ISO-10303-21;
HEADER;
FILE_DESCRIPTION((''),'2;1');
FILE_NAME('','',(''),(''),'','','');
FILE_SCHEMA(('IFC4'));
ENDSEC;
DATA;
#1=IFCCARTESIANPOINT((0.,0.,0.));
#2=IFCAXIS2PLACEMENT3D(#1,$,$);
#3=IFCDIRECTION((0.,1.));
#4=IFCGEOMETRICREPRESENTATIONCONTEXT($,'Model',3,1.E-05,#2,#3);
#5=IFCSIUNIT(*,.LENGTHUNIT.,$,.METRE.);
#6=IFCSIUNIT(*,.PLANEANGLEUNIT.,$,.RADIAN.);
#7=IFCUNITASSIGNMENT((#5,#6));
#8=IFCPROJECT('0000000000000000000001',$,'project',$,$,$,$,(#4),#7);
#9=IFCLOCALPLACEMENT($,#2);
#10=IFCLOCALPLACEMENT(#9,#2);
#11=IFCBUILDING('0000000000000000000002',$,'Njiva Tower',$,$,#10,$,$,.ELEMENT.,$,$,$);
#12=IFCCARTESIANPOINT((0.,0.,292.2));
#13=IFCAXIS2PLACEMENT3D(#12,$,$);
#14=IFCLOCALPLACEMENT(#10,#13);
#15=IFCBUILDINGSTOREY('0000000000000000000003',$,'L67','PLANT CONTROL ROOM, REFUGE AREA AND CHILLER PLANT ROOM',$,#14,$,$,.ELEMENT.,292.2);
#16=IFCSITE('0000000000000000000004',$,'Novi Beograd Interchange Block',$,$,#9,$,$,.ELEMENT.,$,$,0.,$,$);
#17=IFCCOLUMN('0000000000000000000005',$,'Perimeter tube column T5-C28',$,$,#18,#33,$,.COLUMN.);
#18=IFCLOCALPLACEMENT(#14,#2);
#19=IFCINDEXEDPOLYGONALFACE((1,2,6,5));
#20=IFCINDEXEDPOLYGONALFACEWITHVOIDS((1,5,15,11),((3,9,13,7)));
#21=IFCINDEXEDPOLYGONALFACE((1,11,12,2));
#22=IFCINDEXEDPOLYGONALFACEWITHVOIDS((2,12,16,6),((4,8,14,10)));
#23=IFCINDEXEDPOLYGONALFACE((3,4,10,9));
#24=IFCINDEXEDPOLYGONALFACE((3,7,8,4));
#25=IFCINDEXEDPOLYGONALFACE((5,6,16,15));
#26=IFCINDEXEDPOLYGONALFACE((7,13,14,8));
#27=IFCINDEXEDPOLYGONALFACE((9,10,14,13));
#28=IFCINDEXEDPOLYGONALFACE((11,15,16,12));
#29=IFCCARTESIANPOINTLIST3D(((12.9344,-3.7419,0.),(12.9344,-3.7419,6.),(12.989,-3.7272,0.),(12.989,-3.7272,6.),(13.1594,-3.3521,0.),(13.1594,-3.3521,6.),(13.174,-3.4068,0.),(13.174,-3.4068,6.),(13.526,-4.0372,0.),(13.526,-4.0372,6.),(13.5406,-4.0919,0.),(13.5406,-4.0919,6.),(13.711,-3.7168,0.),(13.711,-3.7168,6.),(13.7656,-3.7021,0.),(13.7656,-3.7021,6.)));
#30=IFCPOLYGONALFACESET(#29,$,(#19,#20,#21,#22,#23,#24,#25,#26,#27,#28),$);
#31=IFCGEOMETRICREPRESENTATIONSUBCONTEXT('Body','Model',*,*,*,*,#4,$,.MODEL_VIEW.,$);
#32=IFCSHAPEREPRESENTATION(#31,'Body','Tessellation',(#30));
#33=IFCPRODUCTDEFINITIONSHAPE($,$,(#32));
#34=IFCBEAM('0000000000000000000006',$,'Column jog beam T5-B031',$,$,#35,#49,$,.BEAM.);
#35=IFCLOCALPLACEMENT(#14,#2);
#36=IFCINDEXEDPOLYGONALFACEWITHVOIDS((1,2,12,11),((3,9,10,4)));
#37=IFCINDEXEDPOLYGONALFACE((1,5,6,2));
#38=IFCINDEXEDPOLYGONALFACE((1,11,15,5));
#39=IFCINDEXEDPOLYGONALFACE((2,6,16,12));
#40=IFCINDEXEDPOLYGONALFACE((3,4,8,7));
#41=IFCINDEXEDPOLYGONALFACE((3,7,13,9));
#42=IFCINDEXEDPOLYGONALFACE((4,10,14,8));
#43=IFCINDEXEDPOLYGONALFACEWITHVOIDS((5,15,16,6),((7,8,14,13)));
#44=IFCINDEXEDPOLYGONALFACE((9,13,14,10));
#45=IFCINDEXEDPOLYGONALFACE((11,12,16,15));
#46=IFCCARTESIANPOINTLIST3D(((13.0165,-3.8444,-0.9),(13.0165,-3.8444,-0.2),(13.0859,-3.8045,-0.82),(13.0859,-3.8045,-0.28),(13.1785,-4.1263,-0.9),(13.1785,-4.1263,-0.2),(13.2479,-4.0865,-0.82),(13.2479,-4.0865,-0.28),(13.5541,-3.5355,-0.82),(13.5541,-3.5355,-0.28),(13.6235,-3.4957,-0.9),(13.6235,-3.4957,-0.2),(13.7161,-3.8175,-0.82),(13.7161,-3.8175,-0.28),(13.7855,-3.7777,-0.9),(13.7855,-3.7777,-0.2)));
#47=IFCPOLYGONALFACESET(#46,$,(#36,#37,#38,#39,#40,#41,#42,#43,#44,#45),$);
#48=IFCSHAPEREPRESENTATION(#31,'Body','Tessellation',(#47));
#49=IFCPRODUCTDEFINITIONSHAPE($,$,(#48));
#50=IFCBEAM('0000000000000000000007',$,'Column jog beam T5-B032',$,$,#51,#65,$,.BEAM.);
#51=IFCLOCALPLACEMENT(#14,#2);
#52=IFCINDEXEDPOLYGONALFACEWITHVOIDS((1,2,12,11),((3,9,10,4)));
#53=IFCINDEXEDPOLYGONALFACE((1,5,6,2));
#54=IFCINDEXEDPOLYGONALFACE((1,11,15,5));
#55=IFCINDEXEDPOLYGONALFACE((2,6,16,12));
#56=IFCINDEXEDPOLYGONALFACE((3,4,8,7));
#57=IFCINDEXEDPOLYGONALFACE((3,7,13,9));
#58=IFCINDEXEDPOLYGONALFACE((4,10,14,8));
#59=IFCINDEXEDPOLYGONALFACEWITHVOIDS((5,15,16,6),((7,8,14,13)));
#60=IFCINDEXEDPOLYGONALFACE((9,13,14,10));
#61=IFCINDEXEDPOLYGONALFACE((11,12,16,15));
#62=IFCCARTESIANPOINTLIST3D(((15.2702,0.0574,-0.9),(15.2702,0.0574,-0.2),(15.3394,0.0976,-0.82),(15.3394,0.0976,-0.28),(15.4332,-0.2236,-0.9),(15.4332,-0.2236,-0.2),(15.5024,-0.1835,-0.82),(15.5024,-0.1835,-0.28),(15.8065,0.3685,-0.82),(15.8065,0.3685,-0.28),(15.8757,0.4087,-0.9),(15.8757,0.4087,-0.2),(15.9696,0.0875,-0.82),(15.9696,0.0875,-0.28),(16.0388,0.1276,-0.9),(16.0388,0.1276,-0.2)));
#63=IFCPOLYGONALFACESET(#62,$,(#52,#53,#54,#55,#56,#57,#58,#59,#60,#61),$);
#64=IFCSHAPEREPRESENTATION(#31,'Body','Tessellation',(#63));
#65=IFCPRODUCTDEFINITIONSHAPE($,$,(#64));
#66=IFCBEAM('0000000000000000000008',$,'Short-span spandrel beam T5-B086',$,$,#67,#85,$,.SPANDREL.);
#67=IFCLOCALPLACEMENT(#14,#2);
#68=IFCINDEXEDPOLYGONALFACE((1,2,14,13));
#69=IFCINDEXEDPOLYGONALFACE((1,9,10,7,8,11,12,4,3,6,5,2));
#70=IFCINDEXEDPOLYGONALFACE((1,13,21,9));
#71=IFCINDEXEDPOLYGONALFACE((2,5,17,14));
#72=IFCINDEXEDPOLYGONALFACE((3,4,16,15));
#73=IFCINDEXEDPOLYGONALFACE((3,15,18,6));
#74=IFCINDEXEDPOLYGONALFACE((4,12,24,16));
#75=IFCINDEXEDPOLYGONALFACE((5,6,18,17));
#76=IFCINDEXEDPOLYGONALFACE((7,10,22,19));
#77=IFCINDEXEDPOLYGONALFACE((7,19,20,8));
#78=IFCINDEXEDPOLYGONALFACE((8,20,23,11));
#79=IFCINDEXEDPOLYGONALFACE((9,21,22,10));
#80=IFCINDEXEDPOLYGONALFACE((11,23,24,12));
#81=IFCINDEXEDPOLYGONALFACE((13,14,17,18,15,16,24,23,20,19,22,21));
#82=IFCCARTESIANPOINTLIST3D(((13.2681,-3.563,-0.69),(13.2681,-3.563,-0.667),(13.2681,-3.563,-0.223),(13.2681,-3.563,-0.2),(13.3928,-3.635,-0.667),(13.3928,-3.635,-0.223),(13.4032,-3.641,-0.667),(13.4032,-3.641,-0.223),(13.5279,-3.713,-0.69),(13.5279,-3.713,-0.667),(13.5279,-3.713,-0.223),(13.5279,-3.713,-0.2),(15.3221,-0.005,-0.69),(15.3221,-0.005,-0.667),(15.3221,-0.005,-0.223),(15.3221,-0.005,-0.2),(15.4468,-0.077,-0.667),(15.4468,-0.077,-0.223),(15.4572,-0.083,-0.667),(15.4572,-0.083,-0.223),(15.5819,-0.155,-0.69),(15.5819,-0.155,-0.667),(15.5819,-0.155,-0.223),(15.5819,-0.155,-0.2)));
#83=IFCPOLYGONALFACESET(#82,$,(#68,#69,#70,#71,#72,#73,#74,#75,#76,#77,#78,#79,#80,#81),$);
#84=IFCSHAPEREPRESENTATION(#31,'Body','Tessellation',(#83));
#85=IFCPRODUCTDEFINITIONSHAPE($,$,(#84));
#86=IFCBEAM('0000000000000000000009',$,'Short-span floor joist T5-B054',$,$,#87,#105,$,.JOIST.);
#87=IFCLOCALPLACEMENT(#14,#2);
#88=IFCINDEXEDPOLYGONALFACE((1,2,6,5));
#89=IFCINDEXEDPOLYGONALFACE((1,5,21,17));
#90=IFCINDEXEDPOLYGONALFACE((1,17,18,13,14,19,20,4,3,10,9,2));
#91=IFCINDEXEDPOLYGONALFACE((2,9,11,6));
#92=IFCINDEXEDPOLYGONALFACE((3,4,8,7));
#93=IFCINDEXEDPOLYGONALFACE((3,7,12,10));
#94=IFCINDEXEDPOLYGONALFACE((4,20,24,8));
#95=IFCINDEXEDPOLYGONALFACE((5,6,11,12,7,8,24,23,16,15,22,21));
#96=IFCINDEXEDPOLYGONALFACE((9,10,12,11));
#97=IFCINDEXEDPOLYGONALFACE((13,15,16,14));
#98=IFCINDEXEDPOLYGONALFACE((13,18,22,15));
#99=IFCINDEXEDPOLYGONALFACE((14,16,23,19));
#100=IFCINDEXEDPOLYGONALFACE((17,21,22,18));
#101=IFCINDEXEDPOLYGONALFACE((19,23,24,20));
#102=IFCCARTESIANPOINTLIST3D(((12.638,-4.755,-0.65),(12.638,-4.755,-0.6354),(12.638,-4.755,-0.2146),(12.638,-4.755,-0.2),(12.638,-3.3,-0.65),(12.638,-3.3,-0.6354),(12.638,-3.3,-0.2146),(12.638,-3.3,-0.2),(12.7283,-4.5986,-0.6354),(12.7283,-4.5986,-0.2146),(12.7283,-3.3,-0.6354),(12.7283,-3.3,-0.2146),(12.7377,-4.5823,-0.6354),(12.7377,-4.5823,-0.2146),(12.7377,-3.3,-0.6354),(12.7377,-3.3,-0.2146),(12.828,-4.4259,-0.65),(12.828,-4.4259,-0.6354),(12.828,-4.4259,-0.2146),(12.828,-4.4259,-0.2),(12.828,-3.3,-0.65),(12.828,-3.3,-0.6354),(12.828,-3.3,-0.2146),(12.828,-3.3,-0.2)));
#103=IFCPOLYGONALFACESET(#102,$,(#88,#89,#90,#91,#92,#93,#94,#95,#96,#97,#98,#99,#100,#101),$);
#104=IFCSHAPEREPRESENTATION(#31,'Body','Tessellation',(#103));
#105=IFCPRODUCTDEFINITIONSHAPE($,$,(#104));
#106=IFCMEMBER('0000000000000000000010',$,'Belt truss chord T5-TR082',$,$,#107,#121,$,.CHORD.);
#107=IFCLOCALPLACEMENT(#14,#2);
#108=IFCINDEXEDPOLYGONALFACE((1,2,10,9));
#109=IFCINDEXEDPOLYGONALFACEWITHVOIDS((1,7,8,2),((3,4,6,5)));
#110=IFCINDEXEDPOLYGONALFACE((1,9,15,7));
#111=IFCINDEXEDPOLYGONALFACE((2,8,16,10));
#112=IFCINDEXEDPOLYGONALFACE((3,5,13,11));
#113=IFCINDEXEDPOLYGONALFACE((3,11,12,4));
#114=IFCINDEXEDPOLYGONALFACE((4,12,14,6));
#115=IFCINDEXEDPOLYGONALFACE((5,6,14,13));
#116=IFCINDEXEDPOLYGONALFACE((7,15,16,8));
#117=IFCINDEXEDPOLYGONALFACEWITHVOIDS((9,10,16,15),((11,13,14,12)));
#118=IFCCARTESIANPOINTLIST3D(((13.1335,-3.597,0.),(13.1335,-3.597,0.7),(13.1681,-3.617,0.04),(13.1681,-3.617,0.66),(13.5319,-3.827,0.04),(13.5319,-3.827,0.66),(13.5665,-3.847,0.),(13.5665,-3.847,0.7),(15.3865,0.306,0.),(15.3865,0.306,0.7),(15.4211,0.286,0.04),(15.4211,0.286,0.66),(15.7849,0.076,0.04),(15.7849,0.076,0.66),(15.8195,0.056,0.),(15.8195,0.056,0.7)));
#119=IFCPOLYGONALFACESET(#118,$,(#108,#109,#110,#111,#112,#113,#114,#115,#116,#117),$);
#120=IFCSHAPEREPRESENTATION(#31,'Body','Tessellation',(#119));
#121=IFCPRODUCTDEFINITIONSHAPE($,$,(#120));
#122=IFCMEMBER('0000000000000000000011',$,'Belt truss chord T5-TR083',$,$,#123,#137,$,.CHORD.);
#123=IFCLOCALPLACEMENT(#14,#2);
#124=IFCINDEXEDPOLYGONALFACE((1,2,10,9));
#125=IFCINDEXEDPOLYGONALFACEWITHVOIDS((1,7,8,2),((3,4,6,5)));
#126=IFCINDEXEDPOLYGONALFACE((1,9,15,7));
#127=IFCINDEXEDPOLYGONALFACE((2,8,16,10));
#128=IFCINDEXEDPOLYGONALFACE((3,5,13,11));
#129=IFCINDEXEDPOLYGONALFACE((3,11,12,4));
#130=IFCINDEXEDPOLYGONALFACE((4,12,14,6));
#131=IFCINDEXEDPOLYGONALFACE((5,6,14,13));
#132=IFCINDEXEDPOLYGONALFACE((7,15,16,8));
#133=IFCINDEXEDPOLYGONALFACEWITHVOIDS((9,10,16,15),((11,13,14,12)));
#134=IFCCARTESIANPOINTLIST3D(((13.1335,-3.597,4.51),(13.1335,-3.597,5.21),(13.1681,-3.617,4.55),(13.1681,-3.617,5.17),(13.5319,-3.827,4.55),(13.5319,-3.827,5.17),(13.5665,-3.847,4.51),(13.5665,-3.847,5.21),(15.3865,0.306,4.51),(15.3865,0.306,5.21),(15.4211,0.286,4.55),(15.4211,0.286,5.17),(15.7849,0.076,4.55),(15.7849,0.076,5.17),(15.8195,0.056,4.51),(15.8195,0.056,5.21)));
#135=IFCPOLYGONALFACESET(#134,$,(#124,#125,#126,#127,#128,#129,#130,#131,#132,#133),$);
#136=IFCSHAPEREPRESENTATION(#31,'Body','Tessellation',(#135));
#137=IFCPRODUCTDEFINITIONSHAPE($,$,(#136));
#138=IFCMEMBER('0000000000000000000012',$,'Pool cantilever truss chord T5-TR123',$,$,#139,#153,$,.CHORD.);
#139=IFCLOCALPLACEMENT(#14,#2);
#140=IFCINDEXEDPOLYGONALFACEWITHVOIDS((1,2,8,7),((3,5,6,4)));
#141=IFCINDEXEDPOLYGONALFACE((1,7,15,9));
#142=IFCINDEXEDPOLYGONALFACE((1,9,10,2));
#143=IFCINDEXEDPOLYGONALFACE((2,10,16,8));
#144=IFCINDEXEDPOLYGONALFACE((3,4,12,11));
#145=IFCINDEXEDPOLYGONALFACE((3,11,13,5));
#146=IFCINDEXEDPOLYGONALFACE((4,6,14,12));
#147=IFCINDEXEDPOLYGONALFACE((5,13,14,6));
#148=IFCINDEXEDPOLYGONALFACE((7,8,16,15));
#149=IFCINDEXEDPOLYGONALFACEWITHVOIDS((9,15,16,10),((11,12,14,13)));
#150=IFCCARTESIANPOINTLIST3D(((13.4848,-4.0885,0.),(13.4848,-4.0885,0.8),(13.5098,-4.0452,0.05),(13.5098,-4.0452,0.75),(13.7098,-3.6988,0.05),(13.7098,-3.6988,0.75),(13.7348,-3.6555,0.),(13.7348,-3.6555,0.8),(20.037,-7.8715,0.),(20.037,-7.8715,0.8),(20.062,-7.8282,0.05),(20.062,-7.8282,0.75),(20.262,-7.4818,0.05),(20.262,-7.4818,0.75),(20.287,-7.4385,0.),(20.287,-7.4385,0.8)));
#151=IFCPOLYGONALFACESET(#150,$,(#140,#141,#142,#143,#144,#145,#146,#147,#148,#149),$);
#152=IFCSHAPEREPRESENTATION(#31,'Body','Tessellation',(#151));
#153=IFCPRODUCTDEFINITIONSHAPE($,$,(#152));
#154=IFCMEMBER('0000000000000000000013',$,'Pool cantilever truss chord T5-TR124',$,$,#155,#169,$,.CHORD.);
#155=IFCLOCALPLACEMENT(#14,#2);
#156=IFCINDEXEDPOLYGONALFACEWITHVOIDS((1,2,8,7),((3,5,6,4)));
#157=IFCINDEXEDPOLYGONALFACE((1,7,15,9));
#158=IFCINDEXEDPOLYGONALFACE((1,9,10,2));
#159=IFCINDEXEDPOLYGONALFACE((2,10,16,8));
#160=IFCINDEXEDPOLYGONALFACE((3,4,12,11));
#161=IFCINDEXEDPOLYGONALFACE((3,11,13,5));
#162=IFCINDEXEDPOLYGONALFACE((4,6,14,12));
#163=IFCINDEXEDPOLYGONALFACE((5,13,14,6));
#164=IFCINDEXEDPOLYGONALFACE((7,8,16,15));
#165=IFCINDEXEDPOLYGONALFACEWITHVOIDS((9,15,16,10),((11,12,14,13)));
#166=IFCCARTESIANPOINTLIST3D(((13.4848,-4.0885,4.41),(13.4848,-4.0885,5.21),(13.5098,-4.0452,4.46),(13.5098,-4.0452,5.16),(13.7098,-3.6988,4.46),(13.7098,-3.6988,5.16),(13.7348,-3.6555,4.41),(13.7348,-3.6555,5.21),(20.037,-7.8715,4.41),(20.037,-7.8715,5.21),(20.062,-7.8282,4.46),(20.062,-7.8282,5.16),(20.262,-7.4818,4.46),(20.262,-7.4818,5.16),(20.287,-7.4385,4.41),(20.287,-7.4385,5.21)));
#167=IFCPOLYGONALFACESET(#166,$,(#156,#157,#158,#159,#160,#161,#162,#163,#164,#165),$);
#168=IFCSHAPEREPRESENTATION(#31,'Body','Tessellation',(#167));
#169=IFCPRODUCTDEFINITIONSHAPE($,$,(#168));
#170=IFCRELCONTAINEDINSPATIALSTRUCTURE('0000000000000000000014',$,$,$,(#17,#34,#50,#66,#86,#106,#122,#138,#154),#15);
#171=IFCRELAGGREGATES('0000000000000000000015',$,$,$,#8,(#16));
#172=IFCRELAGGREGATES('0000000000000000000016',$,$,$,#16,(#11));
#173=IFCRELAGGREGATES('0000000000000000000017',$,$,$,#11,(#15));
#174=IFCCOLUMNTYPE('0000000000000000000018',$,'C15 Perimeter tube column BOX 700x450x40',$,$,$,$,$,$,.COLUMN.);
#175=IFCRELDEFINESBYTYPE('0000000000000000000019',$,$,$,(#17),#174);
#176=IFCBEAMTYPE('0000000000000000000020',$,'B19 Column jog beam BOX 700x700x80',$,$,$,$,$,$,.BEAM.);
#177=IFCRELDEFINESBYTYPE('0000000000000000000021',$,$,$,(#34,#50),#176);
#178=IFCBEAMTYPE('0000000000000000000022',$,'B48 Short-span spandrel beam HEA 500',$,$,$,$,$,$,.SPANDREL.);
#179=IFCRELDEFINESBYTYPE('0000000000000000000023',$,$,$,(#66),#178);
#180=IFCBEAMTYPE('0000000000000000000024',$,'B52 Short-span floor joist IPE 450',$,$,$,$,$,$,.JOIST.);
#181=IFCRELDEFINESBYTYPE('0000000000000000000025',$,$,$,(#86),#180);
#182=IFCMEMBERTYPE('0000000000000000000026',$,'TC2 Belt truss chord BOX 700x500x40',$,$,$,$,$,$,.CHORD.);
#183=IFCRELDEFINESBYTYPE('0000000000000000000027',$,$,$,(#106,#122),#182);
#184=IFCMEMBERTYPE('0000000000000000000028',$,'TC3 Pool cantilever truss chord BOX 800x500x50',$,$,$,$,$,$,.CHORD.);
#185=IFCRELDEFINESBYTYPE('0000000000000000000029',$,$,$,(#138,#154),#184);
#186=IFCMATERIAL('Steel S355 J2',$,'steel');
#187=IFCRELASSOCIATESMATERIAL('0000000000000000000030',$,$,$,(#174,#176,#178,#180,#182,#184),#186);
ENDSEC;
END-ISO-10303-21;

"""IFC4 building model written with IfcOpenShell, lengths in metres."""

from ifc_helpers import new_model, si_unit, direction, frame, origin, origin_2d, place, context, subcontext, project, spatial, hollow_rectangle, i_section, extrude, clip, halfspace, material, material_profile, profile_set, type_object, element, save


model = new_model("IFC4")

# Units and contexts
model_context = context("Model", 3, precision=1e-05, world=origin(), true_north=direction((0.0, 1.0)))
body_context = subcontext(model_context, "Body", "Model", "MODEL_VIEW")
ifc_project = project(units=[si_unit("LENGTHUNIT", "METRE"), si_unit("PLANEANGLEUNIT", "RADIAN")], contexts=[model_context])

# Site, building, storey
site_placement = place(None, origin())
site = spatial("IfcSite", under=ifc_project, at=site_placement, Name="Novi Beograd Interchange Block", CompositionType="ELEMENT", RefElevation=0.0)
building_placement = place(site_placement, origin())
building = spatial("IfcBuilding", under=site, at=building_placement, Name="Njiva Tower", CompositionType="ELEMENT")
storey_placement = place(building_placement, frame((0.0, 0.0, 292.2)))
storey = spatial("IfcBuildingStorey", under=building, at=storey_placement, Name="L67", Description="PLANT CONTROL ROOM, REFUGE AREA AND CHILLER PLANT ROOM", CompositionType="ELEMENT", Elevation=292.2)

# Column
ifc_material_1 = material(Name="Steel S355 J2", Category="steel")
ifc_material_profile_1 = material_profile(ifc_material_1, hollow_rectangle(XDim=0.45, YDim=0.7, WallThickness=0.04, at=origin_2d()), Name="BOX 700x450x40")
ifc_profile_set_1 = profile_set([ifc_material_profile_1], Name="Steel S355 J2")
column_type = type_object("IfcColumnType", Name="C15 Perimeter tube column BOX 700x450x40", PredefinedType="COLUMN", material=ifc_profile_set_1)
column_placement = place(storey_placement, frame((13.35, -3.722, 0.0), z_axis=(0.0, 0.0, 1.0), x_axis=(0.5, 0.866025, 0.0)))
element("IfcColumn", 1, at=column_placement, inside=storey, type_object=column_type, Name="Perimeter tube column T5-C28", PredefinedType="COLUMN", context=body_context, shape_type="SweptSolid", body=[
    extrude(hollow_rectangle(XDim=0.45, YDim=0.7, WallThickness=0.04, at=origin_2d()), origin(), (0.0, 0.0, 1.0), 6.0),
])

# Beams
ifc_material_profile_2 = material_profile(ifc_material_1, hollow_rectangle(XDim=0.7, YDim=0.7, WallThickness=0.08, at=origin_2d()), Name="BOX 700x700x80")
ifc_profile_set_2 = profile_set([ifc_material_profile_2], Name="Steel S355 J2")
beam_type_1 = type_object("IfcBeamType", Name="B19 Column jog beam BOX 700x700x80", PredefinedType="BEAM", material=ifc_profile_set_2)
beam_1_placement = place(storey_placement, frame((13.482, -3.952, -0.55), z_axis=(-0.498124, 0.867106, 0.0), x_axis=(-0.867106, -0.498124, 0.0)))
element("IfcBeam", 2, at=beam_1_placement, inside=storey, type_object=beam_type_1, Name="Column jog beam T5-B031", PredefinedType="BEAM", context=body_context, shape_type="SweptSolid", body=[
    extrude(hollow_rectangle(XDim=0.7, YDim=0.7, WallThickness=0.08, at=origin_2d()), origin(), (0.0, 0.0, 1.0), 0.3252),
])
beam_2_placement = place(storey_placement, frame((15.736, -0.048, -0.55), z_axis=(-0.501764, 0.865004, 0.0), x_axis=(-0.865004, -0.501764, 0.0)))
element("IfcBeam", 3, at=beam_2_placement, inside=storey, type_object=beam_type_1, Name="Column jog beam T5-B032", PredefinedType="BEAM", context=body_context, shape_type="SweptSolid", body=[
    extrude(hollow_rectangle(XDim=0.7, YDim=0.7, WallThickness=0.08, at=origin_2d()), origin(), (0.0, 0.0, 1.0), 0.3249),
])
ifc_material_profile_3 = material_profile(ifc_material_1, i_section(OverallWidth=0.3, OverallDepth=0.49, WebThickness=0.012, FlangeThickness=0.023, at=origin_2d()), Name="HEA 500")
ifc_profile_set_3 = profile_set([ifc_material_profile_3], Name="Steel S355 J2")
beam_type_2 = type_object("IfcBeamType", Name="B48 Short-span spandrel beam HEA 500", PredefinedType="SPANDREL", material=ifc_profile_set_3)
beam_3_placement = place(storey_placement, frame((13.398, -3.638, -0.445), z_axis=(0.499961, 0.866048, 0.0), x_axis=(-0.866048, 0.499961, 0.0)))
element("IfcBeam", 4, at=beam_3_placement, inside=storey, type_object=beam_type_2, Name="Short-span spandrel beam T5-B086", PredefinedType="SPANDREL", context=body_context, shape_type="SweptSolid", body=[
    extrude(i_section(OverallWidth=0.3, OverallDepth=0.49, WebThickness=0.012, FlangeThickness=0.023, at=origin_2d()), origin(), (0.0, 0.0, 1.0), 4.1083),
])
ifc_material_profile_4 = material_profile(ifc_material_1, i_section(OverallWidth=0.19, OverallDepth=0.45, WebThickness=0.0094, FlangeThickness=0.0146, at=origin_2d()), Name="IPE 450")
ifc_profile_set_4 = profile_set([ifc_material_profile_4], Name="Steel S355 J2")
beam_type_3 = type_object("IfcBeamType", Name="B52 Short-span floor joist IPE 450", PredefinedType="JOIST", material=ifc_profile_set_4)
beam_4_placement = place(storey_placement, frame((12.733, -3.3, -0.425), z_axis=(0.0, -1.0, 0.0), x_axis=(1.0, 0.0, 0.0)))
element("IfcBeam", 5, at=beam_4_placement, inside=storey, type_object=beam_type_3, Name="Short-span floor joist T5-B054", PredefinedType="JOIST", context=body_context, shape_type="Clipping", body=[
    clip(extrude(i_section(OverallWidth=0.19, OverallDepth=0.45, WebThickness=0.0094, FlangeThickness=0.0146, at=origin_2d()), origin(), (0.0, 0.0, 1.0), 1.475), halfspace(frame((0.0436, 0.0, 1.2149), z_axis=(0.866027, 0.0, 0.499998), x_axis=(0.0, 1.0, 0.0)), False)),
])

# Members
ifc_material_profile_5 = material_profile(ifc_material_1, hollow_rectangle(XDim=0.5, YDim=0.7, WallThickness=0.04, at=origin_2d()), Name="BOX 700x500x40")
ifc_profile_set_5 = profile_set([ifc_material_profile_5], Name="Steel S355 J2")
member_type_1 = type_object("IfcMemberType", Name="TC2 Belt truss chord BOX 700x500x40", PredefinedType="CHORD", material=ifc_profile_set_5)
for number, where, z_axis, x_axis, name in (
    (6, (13.35, -3.722, 0.35), (0.499934, 0.866064, 0.0), (-0.866064, 0.499934, 0.0), "Belt truss chord T5-TR082"),
    (7, (13.35, -3.722, 4.86), (0.499934, 0.866064, 0.0), (-0.866064, 0.499934, 0.0), "Belt truss chord T5-TR083"),
):
    element("IfcMember", number, at=place(storey_placement, frame(where, z_axis=z_axis, x_axis=x_axis)), inside=storey, type_object=member_type_1, Name=name, PredefinedType="CHORD", context=body_context, shape_type="SweptSolid", body=[
        extrude(hollow_rectangle(XDim=0.5, YDim=0.7, WallThickness=0.04, at=origin_2d()), origin(), (0.0, 0.0, 1.0), 4.5066),
    ])
ifc_material_profile_6 = material_profile(ifc_material_1, hollow_rectangle(XDim=0.5, YDim=0.8, WallThickness=0.05, at=origin_2d()), Name="BOX 800x500x50")
ifc_profile_set_6 = profile_set([ifc_material_profile_6], Name="Steel S355 J2")
member_type_2 = type_object("IfcMemberType", Name="TC3 Pool cantilever truss chord BOX 800x500x50", PredefinedType="CHORD", material=ifc_profile_set_6)
for number, where, z_axis, x_axis, name in (
    (8, (13.324, -3.707, 0.4), (0.86602, -0.500009, 0.0), (0.500009, 0.86602, 0.0), "Pool cantilever truss chord T5-TR123"),
    (9, (13.324, -3.707, 4.81), (0.86602, -0.500009, 0.0), (0.500009, 0.86602, 0.0), "Pool cantilever truss chord T5-TR124"),
):
    element("IfcMember", number, at=place(storey_placement, frame(where, z_axis=z_axis, x_axis=x_axis)), inside=storey, type_object=member_type_2, Name=name, PredefinedType="CHORD", context=body_context, shape_type="Clipping", body=[
        clip(extrude(hollow_rectangle(XDim=0.5, YDim=0.8, WallThickness=0.05, at=origin_2d()), origin(), (0.0, 0.0, 1.0), 7.8959), halfspace(frame((0.0, 0.0, 0.33), z_axis=(-0.000012, 0.0, -1.0), x_axis=(0.0, -1.0, 0.0)), False)),
    ])

save(model, "model.ifc")
